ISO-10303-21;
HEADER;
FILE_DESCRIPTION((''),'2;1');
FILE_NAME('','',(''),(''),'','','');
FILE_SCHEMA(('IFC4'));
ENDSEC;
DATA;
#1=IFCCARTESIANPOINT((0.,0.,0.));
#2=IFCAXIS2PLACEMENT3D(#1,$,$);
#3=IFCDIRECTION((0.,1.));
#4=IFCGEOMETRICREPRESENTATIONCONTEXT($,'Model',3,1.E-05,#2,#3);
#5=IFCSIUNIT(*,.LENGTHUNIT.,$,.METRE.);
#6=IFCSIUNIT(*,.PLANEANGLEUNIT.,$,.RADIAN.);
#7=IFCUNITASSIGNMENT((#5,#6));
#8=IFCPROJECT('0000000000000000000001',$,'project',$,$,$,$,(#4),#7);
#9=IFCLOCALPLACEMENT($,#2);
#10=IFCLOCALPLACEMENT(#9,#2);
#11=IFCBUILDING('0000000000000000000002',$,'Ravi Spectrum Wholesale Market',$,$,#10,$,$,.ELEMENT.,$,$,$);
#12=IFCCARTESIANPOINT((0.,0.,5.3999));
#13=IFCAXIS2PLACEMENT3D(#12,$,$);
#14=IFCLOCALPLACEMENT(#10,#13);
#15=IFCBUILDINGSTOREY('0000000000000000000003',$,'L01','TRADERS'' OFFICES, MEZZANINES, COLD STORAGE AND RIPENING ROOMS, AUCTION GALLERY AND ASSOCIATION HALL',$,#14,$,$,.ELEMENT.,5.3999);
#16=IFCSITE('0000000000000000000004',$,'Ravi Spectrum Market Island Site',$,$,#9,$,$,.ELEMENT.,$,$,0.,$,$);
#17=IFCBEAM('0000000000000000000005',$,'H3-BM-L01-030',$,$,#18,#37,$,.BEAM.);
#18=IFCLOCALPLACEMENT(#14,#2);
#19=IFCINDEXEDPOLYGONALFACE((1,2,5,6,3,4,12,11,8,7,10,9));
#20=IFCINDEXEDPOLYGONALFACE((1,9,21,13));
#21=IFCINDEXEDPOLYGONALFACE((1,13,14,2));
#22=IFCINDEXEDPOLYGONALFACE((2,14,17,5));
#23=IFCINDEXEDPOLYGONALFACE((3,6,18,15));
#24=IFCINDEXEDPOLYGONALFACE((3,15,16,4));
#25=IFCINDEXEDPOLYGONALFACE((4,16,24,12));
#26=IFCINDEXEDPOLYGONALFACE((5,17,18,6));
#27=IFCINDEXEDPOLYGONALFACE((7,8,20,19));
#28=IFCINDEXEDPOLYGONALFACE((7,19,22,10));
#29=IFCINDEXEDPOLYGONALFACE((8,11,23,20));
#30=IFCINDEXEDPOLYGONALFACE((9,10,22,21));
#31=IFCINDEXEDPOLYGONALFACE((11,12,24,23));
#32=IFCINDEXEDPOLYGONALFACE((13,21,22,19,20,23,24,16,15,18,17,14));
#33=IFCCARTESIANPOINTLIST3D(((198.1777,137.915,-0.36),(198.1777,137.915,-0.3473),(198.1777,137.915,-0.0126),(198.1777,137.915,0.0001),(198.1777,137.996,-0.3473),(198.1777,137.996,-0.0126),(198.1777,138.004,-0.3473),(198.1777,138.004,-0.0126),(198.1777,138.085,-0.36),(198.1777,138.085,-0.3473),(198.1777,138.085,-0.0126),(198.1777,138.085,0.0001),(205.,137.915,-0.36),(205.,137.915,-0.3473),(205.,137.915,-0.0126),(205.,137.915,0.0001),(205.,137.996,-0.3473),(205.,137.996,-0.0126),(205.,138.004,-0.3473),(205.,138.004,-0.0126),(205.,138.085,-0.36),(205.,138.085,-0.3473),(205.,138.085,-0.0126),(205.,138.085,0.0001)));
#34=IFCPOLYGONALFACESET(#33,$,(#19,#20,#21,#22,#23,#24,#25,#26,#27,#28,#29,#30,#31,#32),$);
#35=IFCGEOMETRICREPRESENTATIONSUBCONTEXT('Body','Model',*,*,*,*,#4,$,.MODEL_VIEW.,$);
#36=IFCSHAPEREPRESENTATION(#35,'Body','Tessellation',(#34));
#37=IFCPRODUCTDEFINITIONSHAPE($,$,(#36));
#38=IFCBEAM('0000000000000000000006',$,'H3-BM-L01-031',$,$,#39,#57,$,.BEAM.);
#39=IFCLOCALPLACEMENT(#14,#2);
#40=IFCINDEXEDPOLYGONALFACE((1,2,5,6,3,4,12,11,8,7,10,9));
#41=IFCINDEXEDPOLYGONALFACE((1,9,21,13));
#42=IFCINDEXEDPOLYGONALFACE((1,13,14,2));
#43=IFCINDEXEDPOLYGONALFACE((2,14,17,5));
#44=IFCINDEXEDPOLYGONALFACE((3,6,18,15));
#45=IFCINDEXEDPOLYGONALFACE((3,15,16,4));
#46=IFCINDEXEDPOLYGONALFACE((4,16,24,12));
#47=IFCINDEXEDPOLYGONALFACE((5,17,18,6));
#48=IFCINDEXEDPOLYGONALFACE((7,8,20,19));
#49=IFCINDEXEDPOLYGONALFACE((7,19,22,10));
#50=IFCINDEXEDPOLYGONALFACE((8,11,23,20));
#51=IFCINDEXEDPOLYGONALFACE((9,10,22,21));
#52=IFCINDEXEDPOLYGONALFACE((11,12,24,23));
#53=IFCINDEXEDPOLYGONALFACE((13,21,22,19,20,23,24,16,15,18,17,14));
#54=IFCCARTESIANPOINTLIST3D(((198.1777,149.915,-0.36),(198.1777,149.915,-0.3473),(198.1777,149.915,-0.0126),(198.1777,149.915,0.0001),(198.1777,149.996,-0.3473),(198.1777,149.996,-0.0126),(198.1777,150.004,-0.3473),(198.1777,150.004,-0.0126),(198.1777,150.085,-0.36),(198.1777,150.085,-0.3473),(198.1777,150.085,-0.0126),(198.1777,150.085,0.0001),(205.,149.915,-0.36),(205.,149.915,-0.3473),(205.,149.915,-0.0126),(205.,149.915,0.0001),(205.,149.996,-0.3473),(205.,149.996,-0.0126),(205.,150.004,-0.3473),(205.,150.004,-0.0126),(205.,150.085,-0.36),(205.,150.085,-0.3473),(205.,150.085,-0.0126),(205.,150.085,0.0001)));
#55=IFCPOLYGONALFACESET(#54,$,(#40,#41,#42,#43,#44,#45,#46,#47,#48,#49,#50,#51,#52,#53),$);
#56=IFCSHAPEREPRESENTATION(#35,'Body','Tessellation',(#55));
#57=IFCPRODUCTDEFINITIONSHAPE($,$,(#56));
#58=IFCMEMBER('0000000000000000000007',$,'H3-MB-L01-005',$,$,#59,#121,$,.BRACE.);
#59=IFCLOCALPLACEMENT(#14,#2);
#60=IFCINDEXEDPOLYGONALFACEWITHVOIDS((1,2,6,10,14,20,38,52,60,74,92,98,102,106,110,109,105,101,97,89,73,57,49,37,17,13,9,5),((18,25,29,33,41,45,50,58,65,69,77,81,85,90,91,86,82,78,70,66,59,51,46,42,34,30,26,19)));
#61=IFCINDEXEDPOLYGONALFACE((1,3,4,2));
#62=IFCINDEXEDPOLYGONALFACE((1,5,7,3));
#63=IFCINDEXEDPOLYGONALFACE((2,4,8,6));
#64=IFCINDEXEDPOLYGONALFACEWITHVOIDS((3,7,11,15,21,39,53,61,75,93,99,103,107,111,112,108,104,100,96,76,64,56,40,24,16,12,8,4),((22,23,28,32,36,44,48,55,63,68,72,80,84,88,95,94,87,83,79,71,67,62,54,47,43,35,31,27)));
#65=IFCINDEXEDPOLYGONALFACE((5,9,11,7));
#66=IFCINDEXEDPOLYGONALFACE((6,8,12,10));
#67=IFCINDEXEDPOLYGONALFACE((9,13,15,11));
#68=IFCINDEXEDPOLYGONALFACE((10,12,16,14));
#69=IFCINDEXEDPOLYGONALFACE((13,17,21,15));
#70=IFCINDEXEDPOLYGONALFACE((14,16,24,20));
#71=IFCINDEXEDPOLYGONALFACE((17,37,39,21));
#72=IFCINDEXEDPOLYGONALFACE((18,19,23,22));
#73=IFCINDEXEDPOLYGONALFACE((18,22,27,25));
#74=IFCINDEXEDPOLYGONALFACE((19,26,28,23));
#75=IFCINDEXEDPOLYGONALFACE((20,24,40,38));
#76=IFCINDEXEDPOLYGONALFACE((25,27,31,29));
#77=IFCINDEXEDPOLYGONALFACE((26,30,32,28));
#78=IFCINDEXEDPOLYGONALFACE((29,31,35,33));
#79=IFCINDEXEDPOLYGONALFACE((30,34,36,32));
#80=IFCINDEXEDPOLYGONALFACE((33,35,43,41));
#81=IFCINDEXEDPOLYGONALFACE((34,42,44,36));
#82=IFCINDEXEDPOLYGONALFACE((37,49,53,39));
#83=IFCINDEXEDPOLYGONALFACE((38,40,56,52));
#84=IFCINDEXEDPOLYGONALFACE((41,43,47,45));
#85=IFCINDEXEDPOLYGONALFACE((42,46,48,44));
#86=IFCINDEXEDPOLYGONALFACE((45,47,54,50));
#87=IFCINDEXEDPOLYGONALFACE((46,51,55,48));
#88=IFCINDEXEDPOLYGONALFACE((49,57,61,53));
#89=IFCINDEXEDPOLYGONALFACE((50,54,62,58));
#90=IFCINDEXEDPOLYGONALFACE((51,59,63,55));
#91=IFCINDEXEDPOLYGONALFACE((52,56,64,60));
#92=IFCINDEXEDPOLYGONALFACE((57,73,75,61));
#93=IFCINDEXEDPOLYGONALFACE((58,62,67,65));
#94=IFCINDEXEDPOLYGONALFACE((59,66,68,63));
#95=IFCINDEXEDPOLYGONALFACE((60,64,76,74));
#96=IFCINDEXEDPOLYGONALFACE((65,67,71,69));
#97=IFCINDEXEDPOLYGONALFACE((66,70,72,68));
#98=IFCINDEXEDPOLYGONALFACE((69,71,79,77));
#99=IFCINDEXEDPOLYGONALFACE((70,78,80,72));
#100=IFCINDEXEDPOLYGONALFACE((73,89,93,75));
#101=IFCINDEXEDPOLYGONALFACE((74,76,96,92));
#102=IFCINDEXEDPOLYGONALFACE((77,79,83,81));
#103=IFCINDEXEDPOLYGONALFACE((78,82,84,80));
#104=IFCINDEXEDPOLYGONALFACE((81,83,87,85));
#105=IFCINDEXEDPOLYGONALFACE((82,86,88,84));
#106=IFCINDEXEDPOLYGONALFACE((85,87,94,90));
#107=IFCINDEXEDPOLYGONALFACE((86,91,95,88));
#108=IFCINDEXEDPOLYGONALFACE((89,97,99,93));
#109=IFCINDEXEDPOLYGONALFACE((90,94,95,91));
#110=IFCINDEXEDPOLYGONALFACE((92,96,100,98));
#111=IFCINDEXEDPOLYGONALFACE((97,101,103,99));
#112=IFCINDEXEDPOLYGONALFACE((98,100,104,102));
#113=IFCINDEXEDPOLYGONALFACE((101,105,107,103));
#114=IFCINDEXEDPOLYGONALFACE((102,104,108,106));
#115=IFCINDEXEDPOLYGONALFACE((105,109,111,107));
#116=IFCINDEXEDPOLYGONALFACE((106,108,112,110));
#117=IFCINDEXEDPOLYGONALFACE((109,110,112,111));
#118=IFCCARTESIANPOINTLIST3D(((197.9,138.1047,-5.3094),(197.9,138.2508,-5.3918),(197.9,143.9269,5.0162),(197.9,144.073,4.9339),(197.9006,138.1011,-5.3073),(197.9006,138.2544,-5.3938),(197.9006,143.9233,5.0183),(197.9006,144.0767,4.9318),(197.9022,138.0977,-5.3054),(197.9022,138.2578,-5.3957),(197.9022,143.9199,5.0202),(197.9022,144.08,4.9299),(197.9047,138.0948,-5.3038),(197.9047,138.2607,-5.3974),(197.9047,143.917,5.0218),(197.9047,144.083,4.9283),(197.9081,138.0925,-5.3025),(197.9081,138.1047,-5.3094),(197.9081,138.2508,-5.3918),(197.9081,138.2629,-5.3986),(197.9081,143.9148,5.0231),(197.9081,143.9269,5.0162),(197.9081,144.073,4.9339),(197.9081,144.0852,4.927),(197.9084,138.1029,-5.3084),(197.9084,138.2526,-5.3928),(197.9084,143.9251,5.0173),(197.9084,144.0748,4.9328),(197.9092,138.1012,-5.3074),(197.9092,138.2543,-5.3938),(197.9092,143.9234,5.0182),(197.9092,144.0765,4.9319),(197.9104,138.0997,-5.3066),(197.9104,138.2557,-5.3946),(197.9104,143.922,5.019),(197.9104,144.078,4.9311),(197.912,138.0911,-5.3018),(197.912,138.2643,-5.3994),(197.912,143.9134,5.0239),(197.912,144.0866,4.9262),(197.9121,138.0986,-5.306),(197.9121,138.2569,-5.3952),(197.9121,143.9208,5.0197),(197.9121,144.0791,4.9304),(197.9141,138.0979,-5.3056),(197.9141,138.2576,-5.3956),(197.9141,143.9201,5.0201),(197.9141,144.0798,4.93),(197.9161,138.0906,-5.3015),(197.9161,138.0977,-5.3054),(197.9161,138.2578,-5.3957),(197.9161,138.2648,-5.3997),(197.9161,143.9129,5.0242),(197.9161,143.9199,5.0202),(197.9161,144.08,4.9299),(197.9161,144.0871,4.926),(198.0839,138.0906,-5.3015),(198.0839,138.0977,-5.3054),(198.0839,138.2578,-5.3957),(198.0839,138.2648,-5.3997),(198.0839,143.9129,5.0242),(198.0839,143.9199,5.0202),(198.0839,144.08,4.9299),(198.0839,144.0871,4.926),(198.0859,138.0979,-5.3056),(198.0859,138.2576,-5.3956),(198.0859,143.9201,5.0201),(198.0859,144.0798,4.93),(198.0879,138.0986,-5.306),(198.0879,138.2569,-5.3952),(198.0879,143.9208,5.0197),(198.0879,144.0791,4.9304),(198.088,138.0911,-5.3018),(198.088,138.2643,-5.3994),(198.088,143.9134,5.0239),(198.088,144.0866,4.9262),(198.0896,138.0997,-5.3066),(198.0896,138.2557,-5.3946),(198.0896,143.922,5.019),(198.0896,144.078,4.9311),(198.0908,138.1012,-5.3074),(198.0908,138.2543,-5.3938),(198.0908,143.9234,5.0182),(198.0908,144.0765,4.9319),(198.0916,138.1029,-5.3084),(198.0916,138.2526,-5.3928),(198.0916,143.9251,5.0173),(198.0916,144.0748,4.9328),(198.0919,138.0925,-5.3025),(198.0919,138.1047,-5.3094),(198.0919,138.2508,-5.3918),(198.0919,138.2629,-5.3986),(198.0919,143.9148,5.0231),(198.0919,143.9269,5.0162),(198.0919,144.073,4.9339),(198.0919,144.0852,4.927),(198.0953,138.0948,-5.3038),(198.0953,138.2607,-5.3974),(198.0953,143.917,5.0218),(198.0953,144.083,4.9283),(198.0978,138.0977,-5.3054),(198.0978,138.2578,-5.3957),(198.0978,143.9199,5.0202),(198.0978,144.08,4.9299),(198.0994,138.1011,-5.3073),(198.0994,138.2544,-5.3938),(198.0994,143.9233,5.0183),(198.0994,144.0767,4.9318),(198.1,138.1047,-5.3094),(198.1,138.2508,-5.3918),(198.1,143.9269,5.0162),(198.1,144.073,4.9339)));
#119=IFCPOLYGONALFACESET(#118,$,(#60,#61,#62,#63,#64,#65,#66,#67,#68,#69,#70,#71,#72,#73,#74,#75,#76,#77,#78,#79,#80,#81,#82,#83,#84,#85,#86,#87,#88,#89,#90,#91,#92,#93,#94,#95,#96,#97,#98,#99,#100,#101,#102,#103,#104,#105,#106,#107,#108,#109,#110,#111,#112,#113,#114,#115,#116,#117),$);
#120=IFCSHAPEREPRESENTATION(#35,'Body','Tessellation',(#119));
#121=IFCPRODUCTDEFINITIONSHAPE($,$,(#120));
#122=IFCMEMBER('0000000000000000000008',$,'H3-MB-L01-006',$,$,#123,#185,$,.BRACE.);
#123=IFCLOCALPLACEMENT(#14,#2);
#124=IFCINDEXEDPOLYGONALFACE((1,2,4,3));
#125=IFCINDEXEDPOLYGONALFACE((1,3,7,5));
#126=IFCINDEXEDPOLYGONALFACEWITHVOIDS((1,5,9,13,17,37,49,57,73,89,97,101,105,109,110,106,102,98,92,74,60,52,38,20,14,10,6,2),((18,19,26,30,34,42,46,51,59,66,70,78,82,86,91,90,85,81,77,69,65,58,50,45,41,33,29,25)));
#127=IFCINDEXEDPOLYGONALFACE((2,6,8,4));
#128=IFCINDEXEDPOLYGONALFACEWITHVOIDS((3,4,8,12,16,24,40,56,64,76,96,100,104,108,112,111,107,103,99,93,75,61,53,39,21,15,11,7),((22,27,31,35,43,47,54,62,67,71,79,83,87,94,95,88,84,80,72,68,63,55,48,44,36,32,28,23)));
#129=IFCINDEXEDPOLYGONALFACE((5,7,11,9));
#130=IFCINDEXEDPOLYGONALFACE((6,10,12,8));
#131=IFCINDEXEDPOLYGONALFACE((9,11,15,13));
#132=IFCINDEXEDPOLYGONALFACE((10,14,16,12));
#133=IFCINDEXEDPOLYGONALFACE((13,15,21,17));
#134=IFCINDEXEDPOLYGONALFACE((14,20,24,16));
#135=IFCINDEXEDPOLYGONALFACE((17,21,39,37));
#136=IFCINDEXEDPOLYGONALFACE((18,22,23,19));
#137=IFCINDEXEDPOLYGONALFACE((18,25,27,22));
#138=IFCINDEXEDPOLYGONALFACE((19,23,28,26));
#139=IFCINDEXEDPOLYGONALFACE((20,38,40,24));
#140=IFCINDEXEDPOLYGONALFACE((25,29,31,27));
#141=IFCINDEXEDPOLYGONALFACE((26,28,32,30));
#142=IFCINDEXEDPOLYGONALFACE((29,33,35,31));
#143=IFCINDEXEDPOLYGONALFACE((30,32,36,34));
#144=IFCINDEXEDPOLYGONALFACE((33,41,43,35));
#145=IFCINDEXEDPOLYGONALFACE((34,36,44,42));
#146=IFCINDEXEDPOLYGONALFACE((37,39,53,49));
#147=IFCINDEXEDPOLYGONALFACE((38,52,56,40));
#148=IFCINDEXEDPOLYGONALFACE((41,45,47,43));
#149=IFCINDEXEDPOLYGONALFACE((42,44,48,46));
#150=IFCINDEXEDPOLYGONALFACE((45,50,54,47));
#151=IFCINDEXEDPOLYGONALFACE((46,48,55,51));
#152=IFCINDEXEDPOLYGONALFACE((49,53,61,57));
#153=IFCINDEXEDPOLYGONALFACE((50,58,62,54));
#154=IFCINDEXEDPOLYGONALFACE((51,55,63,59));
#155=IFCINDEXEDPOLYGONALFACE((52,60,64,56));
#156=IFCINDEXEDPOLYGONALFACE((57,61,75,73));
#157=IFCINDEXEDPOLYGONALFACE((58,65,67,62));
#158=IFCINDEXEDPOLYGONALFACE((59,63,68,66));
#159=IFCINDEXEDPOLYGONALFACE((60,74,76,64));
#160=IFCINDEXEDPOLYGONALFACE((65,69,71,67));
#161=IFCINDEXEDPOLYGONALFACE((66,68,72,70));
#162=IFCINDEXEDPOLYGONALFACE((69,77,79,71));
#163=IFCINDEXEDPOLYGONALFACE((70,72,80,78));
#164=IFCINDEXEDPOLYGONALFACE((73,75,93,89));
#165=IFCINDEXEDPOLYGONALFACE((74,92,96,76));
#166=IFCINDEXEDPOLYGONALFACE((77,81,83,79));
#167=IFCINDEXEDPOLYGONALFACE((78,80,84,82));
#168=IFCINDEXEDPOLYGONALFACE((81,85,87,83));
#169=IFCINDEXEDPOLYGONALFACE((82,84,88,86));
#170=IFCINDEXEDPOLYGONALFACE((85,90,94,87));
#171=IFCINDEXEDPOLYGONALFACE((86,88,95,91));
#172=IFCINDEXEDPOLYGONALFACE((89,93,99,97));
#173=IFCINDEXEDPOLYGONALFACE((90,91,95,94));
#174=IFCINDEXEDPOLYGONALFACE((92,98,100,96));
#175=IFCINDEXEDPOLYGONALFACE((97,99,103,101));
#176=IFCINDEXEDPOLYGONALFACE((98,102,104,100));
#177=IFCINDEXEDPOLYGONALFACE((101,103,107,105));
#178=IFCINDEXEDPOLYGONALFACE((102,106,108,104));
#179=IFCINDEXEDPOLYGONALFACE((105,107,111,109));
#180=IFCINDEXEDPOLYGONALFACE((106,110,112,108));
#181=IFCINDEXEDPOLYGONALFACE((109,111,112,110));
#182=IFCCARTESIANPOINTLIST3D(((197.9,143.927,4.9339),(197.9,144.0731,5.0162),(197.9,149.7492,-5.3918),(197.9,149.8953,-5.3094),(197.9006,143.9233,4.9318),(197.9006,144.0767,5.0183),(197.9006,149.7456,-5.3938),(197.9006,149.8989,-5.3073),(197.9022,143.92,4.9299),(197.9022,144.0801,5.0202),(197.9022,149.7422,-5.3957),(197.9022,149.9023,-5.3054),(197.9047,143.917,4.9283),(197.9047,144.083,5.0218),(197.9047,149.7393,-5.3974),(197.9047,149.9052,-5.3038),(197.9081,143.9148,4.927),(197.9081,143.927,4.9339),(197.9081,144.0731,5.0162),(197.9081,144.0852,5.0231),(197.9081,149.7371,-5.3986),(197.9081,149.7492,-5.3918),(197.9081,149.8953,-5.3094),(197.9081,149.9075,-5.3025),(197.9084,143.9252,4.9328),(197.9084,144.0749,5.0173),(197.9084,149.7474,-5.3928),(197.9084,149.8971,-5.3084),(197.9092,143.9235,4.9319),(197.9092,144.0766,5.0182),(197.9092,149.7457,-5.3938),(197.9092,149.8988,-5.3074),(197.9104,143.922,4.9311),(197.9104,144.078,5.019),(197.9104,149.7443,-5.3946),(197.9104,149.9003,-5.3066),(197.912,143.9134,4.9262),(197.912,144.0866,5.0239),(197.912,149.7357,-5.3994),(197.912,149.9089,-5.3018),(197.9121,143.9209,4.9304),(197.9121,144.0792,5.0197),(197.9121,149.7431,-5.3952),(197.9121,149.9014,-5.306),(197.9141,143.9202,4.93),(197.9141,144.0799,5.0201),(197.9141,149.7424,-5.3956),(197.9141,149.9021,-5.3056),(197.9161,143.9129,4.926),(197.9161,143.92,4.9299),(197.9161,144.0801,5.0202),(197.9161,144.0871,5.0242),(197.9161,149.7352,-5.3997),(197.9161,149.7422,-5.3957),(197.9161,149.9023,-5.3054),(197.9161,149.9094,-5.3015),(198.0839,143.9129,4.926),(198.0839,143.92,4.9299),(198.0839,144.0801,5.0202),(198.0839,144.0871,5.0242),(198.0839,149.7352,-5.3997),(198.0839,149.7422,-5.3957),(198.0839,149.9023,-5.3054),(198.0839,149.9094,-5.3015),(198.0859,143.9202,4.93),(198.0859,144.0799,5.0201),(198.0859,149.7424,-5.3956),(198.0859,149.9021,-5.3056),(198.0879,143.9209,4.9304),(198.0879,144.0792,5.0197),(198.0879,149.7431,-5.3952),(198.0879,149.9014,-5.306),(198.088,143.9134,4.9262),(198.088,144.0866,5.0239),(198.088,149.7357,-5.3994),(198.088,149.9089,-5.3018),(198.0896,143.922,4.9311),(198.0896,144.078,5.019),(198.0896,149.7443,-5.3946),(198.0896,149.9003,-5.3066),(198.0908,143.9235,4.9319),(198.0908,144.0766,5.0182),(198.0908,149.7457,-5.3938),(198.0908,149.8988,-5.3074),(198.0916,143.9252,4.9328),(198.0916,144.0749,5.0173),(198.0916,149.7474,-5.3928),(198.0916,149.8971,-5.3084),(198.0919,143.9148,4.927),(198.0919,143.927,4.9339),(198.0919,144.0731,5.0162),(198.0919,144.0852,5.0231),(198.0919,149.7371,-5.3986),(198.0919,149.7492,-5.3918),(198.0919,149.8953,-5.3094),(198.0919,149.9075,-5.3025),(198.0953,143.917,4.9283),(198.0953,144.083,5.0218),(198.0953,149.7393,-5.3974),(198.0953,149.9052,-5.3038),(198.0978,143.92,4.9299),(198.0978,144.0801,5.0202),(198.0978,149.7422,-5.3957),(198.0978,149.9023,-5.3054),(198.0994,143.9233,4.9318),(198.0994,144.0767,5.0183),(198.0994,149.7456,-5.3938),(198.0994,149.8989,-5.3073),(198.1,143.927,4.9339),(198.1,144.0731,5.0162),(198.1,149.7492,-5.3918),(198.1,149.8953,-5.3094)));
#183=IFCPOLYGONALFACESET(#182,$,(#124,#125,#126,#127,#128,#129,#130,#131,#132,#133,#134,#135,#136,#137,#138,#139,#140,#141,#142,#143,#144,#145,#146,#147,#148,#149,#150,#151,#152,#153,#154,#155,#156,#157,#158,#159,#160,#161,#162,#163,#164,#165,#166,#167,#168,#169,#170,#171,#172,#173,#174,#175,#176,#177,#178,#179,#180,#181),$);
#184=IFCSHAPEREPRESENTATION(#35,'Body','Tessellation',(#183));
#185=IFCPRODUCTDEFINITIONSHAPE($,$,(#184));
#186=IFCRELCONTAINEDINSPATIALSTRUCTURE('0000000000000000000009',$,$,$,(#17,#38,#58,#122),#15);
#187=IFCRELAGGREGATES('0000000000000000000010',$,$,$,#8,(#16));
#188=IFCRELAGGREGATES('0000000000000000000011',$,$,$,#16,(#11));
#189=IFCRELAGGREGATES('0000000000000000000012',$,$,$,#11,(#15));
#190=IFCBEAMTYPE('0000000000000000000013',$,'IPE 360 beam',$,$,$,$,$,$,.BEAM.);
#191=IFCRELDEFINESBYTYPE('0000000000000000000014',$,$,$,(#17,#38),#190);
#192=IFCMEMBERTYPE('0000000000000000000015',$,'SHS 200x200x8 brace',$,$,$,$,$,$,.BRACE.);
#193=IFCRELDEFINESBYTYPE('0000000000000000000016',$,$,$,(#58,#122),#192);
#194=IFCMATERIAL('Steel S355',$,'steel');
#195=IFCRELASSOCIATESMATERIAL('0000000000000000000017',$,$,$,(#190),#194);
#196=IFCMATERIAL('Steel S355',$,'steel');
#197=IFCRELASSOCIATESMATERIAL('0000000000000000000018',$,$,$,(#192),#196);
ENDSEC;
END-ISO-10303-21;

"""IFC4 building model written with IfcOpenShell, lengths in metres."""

from ifc_helpers import new_model, si_unit, direction, frame, origin, origin_2d, place, context, subcontext, project, spatial, hollow_rectangle, i_section, extrude, material, material_profile, profile_set, type_object, element, save


model = new_model("IFC4")

# Units and contexts
model_context = context("Model", 3, precision=1e-05, world=origin(), true_north=direction((0.0, 1.0)))
body_context = subcontext(model_context, "Body", "Model", "MODEL_VIEW")
ifc_project = project(units=[si_unit("LENGTHUNIT", "METRE"), si_unit("PLANEANGLEUNIT", "RADIAN")], contexts=[model_context])

# Site, building, storey
site_placement = place(None, origin())
site = spatial("IfcSite", under=ifc_project, at=site_placement, Name="Ravi Spectrum Market Island Site", CompositionType="ELEMENT", RefElevation=0.0)
building_placement = place(site_placement, origin())
building = spatial("IfcBuilding", under=site, at=building_placement, Name="Ravi Spectrum Wholesale Market", CompositionType="ELEMENT")
storey_placement = place(building_placement, frame((0.0, 0.0, 5.3999)))
storey = spatial("IfcBuildingStorey", under=building, at=storey_placement, Name="L01", Description="TRADERS' OFFICES, MEZZANINES, COLD STORAGE AND RIPENING ROOMS, AUCTION GALLERY AND ASSOCIATION HALL", CompositionType="ELEMENT", Elevation=5.3999)

# Beams
ifc_material_1 = material(Name="Steel S355", Category="steel")
ifc_material_profile_1 = material_profile(ifc_material_1, i_section(OverallWidth=0.1699, OverallDepth=0.3601, WebThickness=0.0081, FlangeThickness=0.0127, at=origin_2d()))
ifc_profile_set_1 = profile_set([ifc_material_profile_1], Name="Steel S355")
beam_type = type_object("IfcBeamType", Name="IPE 360 beam", PredefinedType="BEAM", material=ifc_profile_set_1)
for number, where, z_axis, x_axis, name in (
    (1, (198.1777, 138.0, -0.1799), (1.0, 0.0, 0.0), (0.0, 1.0, 0.0), "H3-BM-L01-030"),
    (2, (198.1777, 150.0, -0.1799), (1.0, 0.0, 0.0), (0.0, 1.0, 0.0), "H3-BM-L01-031"),
):
    element("IfcBeam", number, at=place(storey_placement, frame(where, z_axis=z_axis, x_axis=x_axis)), inside=storey, type_object=beam_type, Name=name, PredefinedType="BEAM", context=body_context, shape_type="SweptSolid", body=[
        extrude(i_section(OverallWidth=0.1699, OverallDepth=0.3601, WebThickness=0.0081, FlangeThickness=0.0127, at=origin_2d()), origin(), (0.0, 0.0, 1.0), 6.8223),
    ])

# Members
ifc_material_2 = material(Name="Steel S355", Category="steel")
ifc_material_profile_2 = material_profile(ifc_material_2, hollow_rectangle(XDim=0.2, YDim=0.2, WallThickness=0.0081, InnerFilletRadius=0.0081, OuterFilletRadius=0.0161, at=origin_2d()))
ifc_profile_set_2 = profile_set([ifc_material_profile_2], Name="Steel S355")
member_type_1 = type_object("IfcMemberType", Name="SHS 200x200x8 brace", PredefinedType="BRACE", material=ifc_profile_set_2)
for number, where, z_axis, x_axis, name in (
    (3, (198.0, 138.1777, -5.3506), (0.0, 0.491163, 0.871068), (-1.0, 0.0, 0.0), "H3-MB-L01-005"),
    (4, (198.0, 149.8223, -5.3506), (0.0, -0.491163, 0.871068), (1.0, 0.0, 0.0), "H3-MB-L01-006"),
):
    element("IfcMember", number, at=place(storey_placement, frame(where, z_axis=z_axis, x_axis=x_axis)), inside=storey, type_object=member_type_1, Name=name, PredefinedType="BRACE", context=body_context, shape_type="SweptSolid", body=[
        extrude(hollow_rectangle(XDim=0.2, YDim=0.2, WallThickness=0.0081, InnerFilletRadius=0.0081, OuterFilletRadius=0.0161, at=origin_2d()), origin(), (0.0, 0.0, 1.0), 11.854),
    ])

save(model, "model.ifc")
